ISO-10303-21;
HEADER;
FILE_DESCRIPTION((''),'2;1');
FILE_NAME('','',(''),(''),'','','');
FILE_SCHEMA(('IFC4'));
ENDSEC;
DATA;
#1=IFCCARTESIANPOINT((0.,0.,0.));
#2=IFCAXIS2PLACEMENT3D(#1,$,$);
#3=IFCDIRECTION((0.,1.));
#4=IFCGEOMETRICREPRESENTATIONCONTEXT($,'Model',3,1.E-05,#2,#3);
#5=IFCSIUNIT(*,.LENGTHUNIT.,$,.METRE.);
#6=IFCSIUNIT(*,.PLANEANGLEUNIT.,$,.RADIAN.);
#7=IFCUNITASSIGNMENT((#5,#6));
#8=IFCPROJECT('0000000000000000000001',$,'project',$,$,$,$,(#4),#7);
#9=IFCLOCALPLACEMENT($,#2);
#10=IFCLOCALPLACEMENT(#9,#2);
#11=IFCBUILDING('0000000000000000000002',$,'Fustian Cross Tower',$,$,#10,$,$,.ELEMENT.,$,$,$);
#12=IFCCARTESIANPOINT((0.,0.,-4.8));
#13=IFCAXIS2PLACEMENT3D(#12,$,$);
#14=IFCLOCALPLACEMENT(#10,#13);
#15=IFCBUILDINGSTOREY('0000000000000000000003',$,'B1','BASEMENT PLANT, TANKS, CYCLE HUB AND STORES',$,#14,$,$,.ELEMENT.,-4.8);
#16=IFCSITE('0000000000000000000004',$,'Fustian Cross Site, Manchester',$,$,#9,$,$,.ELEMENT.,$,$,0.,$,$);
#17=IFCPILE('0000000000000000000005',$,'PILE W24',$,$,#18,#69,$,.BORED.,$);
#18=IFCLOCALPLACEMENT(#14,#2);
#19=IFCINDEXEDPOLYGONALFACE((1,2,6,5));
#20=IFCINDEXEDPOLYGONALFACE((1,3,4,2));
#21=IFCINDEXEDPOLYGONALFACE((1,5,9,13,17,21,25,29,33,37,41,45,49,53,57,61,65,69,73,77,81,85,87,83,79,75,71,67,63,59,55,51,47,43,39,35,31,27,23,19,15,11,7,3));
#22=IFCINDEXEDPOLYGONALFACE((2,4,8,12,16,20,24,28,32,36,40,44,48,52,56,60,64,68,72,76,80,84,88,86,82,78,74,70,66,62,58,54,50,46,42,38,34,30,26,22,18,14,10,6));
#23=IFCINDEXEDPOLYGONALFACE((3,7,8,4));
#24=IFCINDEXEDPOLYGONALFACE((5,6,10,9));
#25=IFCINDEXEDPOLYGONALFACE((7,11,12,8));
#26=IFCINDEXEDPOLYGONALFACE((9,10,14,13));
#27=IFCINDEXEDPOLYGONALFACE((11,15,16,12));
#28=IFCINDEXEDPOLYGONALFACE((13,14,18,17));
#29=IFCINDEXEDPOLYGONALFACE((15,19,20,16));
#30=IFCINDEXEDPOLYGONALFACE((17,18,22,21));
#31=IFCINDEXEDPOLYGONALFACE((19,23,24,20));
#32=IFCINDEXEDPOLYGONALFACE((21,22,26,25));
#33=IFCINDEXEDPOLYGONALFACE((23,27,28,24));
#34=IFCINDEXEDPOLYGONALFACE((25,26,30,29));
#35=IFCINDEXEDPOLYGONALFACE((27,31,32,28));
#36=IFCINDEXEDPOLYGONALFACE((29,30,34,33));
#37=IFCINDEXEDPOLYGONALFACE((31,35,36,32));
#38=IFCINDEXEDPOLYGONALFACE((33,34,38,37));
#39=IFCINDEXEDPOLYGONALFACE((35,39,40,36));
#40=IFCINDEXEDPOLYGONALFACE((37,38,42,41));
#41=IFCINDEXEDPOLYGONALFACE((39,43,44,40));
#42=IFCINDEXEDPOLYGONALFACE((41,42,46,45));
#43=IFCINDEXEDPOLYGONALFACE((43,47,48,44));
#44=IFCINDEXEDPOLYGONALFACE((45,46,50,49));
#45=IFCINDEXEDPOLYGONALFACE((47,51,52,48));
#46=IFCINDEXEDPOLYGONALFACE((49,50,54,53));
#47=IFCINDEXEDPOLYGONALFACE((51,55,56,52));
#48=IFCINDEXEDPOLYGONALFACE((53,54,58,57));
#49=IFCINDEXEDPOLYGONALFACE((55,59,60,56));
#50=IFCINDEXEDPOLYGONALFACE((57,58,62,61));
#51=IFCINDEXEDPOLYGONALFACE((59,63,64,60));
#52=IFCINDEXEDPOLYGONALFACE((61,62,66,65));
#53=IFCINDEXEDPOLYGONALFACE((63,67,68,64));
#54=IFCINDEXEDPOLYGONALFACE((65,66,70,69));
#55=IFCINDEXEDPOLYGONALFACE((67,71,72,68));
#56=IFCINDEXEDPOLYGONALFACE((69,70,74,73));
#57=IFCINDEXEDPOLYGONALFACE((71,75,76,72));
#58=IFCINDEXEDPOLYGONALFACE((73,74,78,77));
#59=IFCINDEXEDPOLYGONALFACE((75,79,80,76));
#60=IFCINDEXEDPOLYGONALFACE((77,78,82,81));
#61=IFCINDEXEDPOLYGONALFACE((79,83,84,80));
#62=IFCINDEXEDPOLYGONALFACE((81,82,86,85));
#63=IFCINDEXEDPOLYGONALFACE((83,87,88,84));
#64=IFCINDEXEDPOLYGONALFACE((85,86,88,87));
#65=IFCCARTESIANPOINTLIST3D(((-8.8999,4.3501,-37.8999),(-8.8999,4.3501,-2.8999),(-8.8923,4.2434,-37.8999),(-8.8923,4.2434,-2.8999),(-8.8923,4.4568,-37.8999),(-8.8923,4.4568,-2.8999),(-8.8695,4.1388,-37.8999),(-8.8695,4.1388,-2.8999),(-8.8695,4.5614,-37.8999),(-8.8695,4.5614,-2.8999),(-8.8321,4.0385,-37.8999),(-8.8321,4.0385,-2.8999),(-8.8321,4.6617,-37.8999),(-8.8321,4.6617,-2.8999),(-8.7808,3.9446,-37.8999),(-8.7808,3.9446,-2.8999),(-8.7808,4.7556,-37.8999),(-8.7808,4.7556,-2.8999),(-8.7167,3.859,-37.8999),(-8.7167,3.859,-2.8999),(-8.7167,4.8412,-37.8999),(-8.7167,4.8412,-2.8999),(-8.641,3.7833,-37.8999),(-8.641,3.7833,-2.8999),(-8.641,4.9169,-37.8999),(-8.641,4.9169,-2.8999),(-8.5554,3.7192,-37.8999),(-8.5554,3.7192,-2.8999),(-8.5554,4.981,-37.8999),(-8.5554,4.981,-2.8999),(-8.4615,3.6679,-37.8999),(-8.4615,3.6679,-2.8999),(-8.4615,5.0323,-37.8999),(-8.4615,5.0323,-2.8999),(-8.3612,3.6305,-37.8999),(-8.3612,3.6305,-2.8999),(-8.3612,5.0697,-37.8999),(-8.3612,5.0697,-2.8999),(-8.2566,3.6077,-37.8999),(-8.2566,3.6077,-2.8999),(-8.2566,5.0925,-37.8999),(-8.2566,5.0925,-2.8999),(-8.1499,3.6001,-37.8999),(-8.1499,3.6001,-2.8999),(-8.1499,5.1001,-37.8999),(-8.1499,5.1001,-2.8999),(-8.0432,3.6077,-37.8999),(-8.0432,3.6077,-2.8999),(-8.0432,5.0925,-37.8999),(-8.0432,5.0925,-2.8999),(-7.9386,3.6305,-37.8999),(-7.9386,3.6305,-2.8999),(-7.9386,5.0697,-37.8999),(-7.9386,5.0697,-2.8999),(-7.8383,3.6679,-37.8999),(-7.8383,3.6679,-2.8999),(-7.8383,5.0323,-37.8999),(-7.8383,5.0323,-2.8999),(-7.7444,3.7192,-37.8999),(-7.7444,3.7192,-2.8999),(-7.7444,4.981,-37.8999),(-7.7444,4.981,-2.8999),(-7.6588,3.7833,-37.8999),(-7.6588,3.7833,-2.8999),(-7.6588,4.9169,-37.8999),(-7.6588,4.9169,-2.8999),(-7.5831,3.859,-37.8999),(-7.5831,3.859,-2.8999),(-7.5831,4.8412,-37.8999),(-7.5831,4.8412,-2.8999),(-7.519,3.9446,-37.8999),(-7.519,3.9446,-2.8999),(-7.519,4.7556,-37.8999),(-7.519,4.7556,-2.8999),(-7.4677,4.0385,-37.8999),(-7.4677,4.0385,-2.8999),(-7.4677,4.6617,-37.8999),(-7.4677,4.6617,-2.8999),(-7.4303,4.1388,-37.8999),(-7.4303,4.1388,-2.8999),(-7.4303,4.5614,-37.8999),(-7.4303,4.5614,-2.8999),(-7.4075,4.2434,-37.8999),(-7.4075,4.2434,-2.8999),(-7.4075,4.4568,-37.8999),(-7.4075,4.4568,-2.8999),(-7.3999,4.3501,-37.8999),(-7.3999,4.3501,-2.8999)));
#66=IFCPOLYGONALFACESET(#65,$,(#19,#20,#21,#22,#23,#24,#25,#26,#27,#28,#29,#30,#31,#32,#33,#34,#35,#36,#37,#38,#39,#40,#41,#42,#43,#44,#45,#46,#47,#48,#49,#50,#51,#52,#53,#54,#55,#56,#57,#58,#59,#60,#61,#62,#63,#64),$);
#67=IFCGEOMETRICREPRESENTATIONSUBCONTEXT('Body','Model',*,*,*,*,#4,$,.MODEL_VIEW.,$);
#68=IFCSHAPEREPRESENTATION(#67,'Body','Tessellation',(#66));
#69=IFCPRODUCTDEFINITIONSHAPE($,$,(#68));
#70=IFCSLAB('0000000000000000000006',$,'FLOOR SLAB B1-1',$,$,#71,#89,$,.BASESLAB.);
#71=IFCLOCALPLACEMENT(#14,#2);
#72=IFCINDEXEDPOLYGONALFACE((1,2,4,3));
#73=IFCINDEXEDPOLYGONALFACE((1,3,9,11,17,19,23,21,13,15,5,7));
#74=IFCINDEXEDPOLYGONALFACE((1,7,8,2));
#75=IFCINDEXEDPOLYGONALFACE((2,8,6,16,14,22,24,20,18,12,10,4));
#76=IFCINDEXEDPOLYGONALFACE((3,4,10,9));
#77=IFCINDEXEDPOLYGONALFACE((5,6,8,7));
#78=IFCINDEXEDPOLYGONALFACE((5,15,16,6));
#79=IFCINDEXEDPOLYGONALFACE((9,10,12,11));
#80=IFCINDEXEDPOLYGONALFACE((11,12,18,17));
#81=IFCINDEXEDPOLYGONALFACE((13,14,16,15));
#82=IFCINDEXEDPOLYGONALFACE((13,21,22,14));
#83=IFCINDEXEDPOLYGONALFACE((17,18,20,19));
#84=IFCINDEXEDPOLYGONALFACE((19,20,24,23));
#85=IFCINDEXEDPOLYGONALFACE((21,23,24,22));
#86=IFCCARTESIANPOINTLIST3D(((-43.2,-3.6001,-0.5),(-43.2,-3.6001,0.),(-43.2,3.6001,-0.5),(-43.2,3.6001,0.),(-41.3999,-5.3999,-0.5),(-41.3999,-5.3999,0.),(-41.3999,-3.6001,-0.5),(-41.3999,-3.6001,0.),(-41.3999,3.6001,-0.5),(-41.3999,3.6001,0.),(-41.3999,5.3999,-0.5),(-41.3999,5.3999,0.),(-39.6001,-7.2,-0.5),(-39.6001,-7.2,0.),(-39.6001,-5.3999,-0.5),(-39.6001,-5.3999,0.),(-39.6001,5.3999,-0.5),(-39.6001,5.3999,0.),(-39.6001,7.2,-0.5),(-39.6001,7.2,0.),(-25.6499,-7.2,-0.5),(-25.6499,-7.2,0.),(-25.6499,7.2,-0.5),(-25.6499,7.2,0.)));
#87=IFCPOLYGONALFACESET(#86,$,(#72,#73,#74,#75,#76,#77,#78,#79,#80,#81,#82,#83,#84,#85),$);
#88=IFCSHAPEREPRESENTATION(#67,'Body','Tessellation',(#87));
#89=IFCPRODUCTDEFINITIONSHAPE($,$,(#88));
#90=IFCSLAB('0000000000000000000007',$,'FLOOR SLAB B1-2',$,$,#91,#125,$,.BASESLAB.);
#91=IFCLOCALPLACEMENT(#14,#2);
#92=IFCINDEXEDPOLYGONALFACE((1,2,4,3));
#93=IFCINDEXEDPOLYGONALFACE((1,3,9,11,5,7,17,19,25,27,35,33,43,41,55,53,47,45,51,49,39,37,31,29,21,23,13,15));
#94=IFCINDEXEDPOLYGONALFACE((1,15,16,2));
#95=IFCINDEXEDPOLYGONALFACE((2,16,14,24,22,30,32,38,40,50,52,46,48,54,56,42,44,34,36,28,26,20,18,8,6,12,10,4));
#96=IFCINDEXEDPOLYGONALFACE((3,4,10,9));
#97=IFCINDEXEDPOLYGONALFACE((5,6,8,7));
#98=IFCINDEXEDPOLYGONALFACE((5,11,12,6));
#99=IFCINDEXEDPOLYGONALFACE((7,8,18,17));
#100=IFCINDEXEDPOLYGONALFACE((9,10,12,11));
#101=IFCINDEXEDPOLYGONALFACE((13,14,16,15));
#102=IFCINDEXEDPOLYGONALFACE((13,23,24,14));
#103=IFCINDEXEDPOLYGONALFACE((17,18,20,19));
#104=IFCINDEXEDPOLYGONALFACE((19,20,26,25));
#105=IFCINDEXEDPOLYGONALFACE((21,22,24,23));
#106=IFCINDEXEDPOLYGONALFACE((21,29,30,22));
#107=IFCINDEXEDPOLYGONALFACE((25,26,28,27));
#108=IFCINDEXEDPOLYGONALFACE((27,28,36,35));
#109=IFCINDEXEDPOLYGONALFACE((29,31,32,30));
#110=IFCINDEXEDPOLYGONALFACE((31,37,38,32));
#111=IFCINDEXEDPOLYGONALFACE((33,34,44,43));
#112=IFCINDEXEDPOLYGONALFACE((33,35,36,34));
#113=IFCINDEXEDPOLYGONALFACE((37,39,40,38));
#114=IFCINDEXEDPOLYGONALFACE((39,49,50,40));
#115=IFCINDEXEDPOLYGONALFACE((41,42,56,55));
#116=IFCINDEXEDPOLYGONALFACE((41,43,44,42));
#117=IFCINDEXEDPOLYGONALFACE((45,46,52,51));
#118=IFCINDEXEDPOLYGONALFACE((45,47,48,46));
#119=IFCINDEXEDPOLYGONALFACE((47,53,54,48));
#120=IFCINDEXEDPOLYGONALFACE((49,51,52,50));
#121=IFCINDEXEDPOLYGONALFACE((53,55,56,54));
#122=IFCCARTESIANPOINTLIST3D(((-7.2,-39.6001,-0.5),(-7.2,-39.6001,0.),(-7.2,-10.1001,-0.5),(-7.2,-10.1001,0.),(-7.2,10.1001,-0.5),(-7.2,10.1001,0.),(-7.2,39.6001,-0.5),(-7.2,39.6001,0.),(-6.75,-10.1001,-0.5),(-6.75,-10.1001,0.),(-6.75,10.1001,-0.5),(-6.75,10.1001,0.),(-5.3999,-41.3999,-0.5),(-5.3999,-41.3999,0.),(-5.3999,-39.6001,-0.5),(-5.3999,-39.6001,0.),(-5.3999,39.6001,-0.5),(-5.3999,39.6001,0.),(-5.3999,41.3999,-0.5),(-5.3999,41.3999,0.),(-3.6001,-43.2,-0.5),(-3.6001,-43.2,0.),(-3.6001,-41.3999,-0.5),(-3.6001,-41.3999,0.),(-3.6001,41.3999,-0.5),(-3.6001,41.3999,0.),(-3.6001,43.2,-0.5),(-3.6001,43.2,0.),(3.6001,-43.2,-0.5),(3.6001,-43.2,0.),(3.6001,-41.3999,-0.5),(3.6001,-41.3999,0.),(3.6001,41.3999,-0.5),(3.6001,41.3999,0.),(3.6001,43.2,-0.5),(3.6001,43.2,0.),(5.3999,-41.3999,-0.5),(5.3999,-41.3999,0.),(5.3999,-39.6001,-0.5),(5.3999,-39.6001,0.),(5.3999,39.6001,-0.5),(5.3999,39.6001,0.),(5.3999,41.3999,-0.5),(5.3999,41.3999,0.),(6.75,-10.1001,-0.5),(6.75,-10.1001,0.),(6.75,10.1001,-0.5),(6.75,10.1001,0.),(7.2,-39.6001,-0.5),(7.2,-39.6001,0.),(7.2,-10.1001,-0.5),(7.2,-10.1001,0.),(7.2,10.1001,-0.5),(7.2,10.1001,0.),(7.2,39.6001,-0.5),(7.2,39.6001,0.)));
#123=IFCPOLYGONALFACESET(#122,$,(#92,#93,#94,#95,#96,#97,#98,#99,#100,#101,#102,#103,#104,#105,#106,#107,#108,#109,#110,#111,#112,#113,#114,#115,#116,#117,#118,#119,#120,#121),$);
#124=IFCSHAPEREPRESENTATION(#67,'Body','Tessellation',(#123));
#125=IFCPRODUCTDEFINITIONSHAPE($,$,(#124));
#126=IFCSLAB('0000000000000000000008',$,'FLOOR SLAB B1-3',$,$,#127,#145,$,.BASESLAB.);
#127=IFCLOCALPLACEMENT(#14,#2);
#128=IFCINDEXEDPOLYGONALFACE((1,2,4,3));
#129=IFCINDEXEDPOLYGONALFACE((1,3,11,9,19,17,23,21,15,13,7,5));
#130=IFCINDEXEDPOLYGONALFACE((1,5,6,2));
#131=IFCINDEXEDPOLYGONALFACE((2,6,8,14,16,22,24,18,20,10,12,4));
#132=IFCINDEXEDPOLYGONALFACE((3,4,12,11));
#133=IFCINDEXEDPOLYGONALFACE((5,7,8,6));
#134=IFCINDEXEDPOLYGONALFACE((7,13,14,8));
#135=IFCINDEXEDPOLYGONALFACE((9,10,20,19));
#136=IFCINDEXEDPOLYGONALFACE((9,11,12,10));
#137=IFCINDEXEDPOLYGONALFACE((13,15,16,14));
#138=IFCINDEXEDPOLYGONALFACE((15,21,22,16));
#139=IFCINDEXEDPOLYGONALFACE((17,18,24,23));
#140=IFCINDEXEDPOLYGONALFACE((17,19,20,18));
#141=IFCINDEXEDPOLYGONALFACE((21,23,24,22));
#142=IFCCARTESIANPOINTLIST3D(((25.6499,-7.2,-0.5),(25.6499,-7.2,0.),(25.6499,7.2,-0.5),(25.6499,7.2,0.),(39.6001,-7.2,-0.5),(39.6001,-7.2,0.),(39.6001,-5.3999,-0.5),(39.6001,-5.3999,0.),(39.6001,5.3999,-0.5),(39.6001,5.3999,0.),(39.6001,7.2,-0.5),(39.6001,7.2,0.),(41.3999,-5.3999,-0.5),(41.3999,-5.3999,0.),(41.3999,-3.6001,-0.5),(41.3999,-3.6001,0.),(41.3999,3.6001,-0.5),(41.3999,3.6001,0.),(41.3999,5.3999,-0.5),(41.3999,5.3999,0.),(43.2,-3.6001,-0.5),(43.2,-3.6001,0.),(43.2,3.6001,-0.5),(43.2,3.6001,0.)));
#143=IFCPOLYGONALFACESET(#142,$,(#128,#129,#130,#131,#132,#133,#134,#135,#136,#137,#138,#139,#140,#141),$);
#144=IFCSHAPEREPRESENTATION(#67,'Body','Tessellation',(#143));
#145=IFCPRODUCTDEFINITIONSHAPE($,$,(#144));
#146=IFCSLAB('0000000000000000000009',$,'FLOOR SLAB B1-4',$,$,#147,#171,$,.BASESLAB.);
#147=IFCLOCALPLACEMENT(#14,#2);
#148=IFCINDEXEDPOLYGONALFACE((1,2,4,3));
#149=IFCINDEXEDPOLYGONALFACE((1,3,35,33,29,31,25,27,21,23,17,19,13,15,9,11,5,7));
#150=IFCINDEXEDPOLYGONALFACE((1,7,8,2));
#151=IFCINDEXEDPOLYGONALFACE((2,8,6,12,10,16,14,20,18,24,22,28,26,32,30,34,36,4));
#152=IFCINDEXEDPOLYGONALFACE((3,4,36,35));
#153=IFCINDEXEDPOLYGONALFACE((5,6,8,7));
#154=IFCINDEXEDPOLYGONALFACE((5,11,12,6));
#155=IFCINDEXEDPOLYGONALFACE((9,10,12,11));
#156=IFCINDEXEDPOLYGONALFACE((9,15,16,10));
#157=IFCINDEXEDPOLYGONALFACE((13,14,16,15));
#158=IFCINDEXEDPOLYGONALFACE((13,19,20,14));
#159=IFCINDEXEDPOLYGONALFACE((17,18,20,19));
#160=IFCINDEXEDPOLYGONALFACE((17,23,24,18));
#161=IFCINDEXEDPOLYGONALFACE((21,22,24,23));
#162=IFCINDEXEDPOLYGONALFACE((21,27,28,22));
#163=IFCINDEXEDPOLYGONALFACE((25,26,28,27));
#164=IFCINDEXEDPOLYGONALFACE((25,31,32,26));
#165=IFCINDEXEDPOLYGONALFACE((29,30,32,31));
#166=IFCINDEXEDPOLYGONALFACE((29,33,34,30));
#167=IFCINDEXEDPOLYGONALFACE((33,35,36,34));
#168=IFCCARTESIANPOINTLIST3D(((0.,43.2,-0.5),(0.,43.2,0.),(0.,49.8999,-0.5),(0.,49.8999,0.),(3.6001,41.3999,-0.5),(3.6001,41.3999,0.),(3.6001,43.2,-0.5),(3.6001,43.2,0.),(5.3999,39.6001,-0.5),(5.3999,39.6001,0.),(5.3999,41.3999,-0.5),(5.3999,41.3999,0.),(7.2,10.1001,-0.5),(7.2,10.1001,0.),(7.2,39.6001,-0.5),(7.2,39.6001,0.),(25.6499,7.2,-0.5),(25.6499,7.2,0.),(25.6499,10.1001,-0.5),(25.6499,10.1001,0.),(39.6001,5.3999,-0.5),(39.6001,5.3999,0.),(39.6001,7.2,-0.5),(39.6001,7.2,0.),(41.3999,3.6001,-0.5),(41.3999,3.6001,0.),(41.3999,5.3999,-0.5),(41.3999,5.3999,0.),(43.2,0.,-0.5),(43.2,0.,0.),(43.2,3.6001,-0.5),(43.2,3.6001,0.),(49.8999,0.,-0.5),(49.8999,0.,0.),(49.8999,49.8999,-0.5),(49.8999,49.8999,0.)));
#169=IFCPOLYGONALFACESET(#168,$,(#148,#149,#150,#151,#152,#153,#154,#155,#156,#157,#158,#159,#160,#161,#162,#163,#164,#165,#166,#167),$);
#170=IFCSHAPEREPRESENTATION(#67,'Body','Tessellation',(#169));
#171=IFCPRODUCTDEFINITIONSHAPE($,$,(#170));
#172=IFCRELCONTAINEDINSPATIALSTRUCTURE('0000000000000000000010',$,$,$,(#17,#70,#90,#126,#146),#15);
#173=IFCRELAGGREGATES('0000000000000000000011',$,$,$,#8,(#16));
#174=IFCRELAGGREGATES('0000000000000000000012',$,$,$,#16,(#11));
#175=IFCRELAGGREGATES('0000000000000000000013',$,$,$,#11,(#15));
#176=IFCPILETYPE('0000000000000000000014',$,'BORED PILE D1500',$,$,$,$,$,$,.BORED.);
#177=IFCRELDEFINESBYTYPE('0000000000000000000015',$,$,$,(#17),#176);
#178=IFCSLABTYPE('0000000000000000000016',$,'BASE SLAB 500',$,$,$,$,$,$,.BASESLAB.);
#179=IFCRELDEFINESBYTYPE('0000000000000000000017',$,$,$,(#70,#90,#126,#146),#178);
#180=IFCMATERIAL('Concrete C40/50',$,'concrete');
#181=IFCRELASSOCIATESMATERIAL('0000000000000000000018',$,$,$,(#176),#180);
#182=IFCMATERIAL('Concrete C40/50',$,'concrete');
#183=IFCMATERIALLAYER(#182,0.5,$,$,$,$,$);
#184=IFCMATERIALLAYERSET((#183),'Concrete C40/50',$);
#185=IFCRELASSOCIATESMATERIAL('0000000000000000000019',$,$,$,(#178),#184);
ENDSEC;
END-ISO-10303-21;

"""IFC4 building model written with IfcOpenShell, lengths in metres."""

from ifc_helpers import new_model, si_unit, direction, frame, origin, origin_2d, place, context, subcontext, project, spatial, polyline, circle, outline, extrude, material, layer, layer_set, material_profile, profile_set, type_object, element, save


model = new_model("IFC4")

# Units and contexts
model_context = context("Model", 3, precision=1e-05, world=origin(), true_north=direction((0.0, 1.0)))
body_context = subcontext(model_context, "Body", "Model", "MODEL_VIEW")
ifc_project = project(units=[si_unit("LENGTHUNIT", "METRE"), si_unit("PLANEANGLEUNIT", "RADIAN")], contexts=[model_context])

# Site, building, storey
site_placement = place(None, origin())
site = spatial("IfcSite", under=ifc_project, at=site_placement, Name="Fustian Cross Site, Manchester", CompositionType="ELEMENT", RefElevation=0.0)
building_placement = place(site_placement, origin())
building = spatial("IfcBuilding", under=site, at=building_placement, Name="Fustian Cross Tower", CompositionType="ELEMENT")
storey_placement = place(building_placement, frame((0.0, 0.0, -4.8)))
storey = spatial("IfcBuildingStorey", under=building, at=storey_placement, Name="B1", Description="BASEMENT PLANT, TANKS, CYCLE HUB AND STORES", CompositionType="ELEMENT", Elevation=-4.8)

# Pile
ifc_material_1 = material(Name="Concrete C40/50", Category="concrete")
ifc_material_profile_1 = material_profile(ifc_material_1, circle(Radius=0.75, at=origin_2d()), Name="BORED PILE D1500")
ifc_profile_set_1 = profile_set([ifc_material_profile_1], Name="Concrete C40/50")
pile_type_1 = type_object("IfcPileType", Name="BORED PILE D1500", PredefinedType="BORED", material=ifc_profile_set_1)
for number, where, z_axis, x_axis, name in (
    (1, (-8.1499, 4.3501, -2.8999), (0.0, 0.0, -1.0), (1.0, 0.0, 0.0), "PILE W24"),
):
    element("IfcPile", number, at=place(storey_placement, frame(where, z_axis=z_axis, x_axis=x_axis)), inside=storey, type_object=pile_type_1, Name=name, PredefinedType="BORED", context=body_context, shape_type="SweptSolid", body=[
        extrude(circle(Radius=0.75, at=origin_2d()), origin(), (0.0, 0.0, 1.0), 35.0),
    ])

# Slabs
ifc_material_2 = material(Name="Concrete C40/50", Category="concrete")
ifc_layer_1 = layer(ifc_material_2, 0.5)
ifc_layer_set_1 = layer_set([ifc_layer_1], Name="Concrete C40/50")
slab_type_1 = type_object("IfcSlabType", Name="BASE SLAB 500", PredefinedType="BASESLAB", material=ifc_layer_set_1)
slab_1_placement = place(storey_placement, frame((0.0, 0.0, -0.5)))
element("IfcSlab", 2, at=slab_1_placement, inside=storey, type_object=slab_type_1, Name="FLOOR SLAB B1-1", PredefinedType="BASESLAB", context=body_context, shape_type="SweptSolid", body=[
    extrude(outline(polyline([(-25.6499, -7.2), (-39.6001, -7.2), (-39.6001, -5.3999), (-41.3999, -5.3999), (-41.3999, -3.6001), (-43.2, -3.6001), (-43.2, 3.6001), (-41.3999, 3.6001), (-41.3999, 5.3999), (-39.6001, 5.3999), (-39.6001, 7.2), (-25.6499, 7.2), (-25.6499, -7.2)])), origin(), (0.0, 0.0, 1.0), 0.5),
])
slab_2_placement = place(storey_placement, frame((0.0, 0.0, -0.5)))
element("IfcSlab", 3, at=slab_2_placement, inside=storey, type_object=slab_type_1, Name="FLOOR SLAB B1-2", PredefinedType="BASESLAB", context=body_context, shape_type="SweptSolid", body=[
    extrude(outline(polyline([(6.75, -10.1001), (7.2, -10.1001), (7.2, -39.6001), (5.3999, -39.6001), (5.3999, -41.3999), (3.6001, -41.3999), (3.6001, -43.2), (-3.6001, -43.2), (-3.6001, -41.3999), (-5.3999, -41.3999), (-5.3999, -39.6001), (-7.2, -39.6001), (-7.2, -10.1001), (-6.75, -10.1001), (-6.75, 10.1001), (-7.2, 10.1001), (-7.2, 39.6001), (-5.3999, 39.6001), (-5.3999, 41.3999), (-3.6001, 41.3999), (-3.6001, 43.2), (3.6001, 43.2), (3.6001, 41.3999), (5.3999, 41.3999), (5.3999, 39.6001), (7.2, 39.6001), (7.2, 10.1001), (6.75, 10.1001), (6.75, -10.1001)])), origin(), (0.0, 0.0, 1.0), 0.5),
])
slab_3_placement = place(storey_placement, frame((0.0, 0.0, -0.5)))
element("IfcSlab", 4, at=slab_3_placement, inside=storey, type_object=slab_type_1, Name="FLOOR SLAB B1-3", PredefinedType="BASESLAB", context=body_context, shape_type="SweptSolid", body=[
    extrude(outline(polyline([(25.6499, 7.2), (39.6001, 7.2), (39.6001, 5.3999), (41.3999, 5.3999), (41.3999, 3.6001), (43.2, 3.6001), (43.2, -3.6001), (41.3999, -3.6001), (41.3999, -5.3999), (39.6001, -5.3999), (39.6001, -7.2), (25.6499, -7.2), (25.6499, 7.2)])), origin(), (0.0, 0.0, 1.0), 0.5),
])
slab_4_placement = place(storey_placement, frame((0.0, 0.0, -0.5)))
element("IfcSlab", 5, at=slab_4_placement, inside=storey, type_object=slab_type_1, Name="FLOOR SLAB B1-4", PredefinedType="BASESLAB", context=body_context, shape_type="SweptSolid", body=[
    extrude(outline(polyline([(49.8999, 0.0), (43.2, 0.0), (43.2, 3.6001), (41.3999, 3.6001), (41.3999, 5.3999), (39.6001, 5.3999), (39.6001, 7.2), (25.6499, 7.2), (25.6499, 10.1001), (7.2, 10.1001), (7.2, 39.6001), (5.3999, 39.6001), (5.3999, 41.3999), (3.6001, 41.3999), (3.6001, 43.2), (0.0, 43.2), (0.0, 49.8999), (49.8999, 49.8999), (49.8999, 0.0)])), origin(), (0.0, 0.0, 1.0), 0.5),
])

save(model, "model.ifc")
